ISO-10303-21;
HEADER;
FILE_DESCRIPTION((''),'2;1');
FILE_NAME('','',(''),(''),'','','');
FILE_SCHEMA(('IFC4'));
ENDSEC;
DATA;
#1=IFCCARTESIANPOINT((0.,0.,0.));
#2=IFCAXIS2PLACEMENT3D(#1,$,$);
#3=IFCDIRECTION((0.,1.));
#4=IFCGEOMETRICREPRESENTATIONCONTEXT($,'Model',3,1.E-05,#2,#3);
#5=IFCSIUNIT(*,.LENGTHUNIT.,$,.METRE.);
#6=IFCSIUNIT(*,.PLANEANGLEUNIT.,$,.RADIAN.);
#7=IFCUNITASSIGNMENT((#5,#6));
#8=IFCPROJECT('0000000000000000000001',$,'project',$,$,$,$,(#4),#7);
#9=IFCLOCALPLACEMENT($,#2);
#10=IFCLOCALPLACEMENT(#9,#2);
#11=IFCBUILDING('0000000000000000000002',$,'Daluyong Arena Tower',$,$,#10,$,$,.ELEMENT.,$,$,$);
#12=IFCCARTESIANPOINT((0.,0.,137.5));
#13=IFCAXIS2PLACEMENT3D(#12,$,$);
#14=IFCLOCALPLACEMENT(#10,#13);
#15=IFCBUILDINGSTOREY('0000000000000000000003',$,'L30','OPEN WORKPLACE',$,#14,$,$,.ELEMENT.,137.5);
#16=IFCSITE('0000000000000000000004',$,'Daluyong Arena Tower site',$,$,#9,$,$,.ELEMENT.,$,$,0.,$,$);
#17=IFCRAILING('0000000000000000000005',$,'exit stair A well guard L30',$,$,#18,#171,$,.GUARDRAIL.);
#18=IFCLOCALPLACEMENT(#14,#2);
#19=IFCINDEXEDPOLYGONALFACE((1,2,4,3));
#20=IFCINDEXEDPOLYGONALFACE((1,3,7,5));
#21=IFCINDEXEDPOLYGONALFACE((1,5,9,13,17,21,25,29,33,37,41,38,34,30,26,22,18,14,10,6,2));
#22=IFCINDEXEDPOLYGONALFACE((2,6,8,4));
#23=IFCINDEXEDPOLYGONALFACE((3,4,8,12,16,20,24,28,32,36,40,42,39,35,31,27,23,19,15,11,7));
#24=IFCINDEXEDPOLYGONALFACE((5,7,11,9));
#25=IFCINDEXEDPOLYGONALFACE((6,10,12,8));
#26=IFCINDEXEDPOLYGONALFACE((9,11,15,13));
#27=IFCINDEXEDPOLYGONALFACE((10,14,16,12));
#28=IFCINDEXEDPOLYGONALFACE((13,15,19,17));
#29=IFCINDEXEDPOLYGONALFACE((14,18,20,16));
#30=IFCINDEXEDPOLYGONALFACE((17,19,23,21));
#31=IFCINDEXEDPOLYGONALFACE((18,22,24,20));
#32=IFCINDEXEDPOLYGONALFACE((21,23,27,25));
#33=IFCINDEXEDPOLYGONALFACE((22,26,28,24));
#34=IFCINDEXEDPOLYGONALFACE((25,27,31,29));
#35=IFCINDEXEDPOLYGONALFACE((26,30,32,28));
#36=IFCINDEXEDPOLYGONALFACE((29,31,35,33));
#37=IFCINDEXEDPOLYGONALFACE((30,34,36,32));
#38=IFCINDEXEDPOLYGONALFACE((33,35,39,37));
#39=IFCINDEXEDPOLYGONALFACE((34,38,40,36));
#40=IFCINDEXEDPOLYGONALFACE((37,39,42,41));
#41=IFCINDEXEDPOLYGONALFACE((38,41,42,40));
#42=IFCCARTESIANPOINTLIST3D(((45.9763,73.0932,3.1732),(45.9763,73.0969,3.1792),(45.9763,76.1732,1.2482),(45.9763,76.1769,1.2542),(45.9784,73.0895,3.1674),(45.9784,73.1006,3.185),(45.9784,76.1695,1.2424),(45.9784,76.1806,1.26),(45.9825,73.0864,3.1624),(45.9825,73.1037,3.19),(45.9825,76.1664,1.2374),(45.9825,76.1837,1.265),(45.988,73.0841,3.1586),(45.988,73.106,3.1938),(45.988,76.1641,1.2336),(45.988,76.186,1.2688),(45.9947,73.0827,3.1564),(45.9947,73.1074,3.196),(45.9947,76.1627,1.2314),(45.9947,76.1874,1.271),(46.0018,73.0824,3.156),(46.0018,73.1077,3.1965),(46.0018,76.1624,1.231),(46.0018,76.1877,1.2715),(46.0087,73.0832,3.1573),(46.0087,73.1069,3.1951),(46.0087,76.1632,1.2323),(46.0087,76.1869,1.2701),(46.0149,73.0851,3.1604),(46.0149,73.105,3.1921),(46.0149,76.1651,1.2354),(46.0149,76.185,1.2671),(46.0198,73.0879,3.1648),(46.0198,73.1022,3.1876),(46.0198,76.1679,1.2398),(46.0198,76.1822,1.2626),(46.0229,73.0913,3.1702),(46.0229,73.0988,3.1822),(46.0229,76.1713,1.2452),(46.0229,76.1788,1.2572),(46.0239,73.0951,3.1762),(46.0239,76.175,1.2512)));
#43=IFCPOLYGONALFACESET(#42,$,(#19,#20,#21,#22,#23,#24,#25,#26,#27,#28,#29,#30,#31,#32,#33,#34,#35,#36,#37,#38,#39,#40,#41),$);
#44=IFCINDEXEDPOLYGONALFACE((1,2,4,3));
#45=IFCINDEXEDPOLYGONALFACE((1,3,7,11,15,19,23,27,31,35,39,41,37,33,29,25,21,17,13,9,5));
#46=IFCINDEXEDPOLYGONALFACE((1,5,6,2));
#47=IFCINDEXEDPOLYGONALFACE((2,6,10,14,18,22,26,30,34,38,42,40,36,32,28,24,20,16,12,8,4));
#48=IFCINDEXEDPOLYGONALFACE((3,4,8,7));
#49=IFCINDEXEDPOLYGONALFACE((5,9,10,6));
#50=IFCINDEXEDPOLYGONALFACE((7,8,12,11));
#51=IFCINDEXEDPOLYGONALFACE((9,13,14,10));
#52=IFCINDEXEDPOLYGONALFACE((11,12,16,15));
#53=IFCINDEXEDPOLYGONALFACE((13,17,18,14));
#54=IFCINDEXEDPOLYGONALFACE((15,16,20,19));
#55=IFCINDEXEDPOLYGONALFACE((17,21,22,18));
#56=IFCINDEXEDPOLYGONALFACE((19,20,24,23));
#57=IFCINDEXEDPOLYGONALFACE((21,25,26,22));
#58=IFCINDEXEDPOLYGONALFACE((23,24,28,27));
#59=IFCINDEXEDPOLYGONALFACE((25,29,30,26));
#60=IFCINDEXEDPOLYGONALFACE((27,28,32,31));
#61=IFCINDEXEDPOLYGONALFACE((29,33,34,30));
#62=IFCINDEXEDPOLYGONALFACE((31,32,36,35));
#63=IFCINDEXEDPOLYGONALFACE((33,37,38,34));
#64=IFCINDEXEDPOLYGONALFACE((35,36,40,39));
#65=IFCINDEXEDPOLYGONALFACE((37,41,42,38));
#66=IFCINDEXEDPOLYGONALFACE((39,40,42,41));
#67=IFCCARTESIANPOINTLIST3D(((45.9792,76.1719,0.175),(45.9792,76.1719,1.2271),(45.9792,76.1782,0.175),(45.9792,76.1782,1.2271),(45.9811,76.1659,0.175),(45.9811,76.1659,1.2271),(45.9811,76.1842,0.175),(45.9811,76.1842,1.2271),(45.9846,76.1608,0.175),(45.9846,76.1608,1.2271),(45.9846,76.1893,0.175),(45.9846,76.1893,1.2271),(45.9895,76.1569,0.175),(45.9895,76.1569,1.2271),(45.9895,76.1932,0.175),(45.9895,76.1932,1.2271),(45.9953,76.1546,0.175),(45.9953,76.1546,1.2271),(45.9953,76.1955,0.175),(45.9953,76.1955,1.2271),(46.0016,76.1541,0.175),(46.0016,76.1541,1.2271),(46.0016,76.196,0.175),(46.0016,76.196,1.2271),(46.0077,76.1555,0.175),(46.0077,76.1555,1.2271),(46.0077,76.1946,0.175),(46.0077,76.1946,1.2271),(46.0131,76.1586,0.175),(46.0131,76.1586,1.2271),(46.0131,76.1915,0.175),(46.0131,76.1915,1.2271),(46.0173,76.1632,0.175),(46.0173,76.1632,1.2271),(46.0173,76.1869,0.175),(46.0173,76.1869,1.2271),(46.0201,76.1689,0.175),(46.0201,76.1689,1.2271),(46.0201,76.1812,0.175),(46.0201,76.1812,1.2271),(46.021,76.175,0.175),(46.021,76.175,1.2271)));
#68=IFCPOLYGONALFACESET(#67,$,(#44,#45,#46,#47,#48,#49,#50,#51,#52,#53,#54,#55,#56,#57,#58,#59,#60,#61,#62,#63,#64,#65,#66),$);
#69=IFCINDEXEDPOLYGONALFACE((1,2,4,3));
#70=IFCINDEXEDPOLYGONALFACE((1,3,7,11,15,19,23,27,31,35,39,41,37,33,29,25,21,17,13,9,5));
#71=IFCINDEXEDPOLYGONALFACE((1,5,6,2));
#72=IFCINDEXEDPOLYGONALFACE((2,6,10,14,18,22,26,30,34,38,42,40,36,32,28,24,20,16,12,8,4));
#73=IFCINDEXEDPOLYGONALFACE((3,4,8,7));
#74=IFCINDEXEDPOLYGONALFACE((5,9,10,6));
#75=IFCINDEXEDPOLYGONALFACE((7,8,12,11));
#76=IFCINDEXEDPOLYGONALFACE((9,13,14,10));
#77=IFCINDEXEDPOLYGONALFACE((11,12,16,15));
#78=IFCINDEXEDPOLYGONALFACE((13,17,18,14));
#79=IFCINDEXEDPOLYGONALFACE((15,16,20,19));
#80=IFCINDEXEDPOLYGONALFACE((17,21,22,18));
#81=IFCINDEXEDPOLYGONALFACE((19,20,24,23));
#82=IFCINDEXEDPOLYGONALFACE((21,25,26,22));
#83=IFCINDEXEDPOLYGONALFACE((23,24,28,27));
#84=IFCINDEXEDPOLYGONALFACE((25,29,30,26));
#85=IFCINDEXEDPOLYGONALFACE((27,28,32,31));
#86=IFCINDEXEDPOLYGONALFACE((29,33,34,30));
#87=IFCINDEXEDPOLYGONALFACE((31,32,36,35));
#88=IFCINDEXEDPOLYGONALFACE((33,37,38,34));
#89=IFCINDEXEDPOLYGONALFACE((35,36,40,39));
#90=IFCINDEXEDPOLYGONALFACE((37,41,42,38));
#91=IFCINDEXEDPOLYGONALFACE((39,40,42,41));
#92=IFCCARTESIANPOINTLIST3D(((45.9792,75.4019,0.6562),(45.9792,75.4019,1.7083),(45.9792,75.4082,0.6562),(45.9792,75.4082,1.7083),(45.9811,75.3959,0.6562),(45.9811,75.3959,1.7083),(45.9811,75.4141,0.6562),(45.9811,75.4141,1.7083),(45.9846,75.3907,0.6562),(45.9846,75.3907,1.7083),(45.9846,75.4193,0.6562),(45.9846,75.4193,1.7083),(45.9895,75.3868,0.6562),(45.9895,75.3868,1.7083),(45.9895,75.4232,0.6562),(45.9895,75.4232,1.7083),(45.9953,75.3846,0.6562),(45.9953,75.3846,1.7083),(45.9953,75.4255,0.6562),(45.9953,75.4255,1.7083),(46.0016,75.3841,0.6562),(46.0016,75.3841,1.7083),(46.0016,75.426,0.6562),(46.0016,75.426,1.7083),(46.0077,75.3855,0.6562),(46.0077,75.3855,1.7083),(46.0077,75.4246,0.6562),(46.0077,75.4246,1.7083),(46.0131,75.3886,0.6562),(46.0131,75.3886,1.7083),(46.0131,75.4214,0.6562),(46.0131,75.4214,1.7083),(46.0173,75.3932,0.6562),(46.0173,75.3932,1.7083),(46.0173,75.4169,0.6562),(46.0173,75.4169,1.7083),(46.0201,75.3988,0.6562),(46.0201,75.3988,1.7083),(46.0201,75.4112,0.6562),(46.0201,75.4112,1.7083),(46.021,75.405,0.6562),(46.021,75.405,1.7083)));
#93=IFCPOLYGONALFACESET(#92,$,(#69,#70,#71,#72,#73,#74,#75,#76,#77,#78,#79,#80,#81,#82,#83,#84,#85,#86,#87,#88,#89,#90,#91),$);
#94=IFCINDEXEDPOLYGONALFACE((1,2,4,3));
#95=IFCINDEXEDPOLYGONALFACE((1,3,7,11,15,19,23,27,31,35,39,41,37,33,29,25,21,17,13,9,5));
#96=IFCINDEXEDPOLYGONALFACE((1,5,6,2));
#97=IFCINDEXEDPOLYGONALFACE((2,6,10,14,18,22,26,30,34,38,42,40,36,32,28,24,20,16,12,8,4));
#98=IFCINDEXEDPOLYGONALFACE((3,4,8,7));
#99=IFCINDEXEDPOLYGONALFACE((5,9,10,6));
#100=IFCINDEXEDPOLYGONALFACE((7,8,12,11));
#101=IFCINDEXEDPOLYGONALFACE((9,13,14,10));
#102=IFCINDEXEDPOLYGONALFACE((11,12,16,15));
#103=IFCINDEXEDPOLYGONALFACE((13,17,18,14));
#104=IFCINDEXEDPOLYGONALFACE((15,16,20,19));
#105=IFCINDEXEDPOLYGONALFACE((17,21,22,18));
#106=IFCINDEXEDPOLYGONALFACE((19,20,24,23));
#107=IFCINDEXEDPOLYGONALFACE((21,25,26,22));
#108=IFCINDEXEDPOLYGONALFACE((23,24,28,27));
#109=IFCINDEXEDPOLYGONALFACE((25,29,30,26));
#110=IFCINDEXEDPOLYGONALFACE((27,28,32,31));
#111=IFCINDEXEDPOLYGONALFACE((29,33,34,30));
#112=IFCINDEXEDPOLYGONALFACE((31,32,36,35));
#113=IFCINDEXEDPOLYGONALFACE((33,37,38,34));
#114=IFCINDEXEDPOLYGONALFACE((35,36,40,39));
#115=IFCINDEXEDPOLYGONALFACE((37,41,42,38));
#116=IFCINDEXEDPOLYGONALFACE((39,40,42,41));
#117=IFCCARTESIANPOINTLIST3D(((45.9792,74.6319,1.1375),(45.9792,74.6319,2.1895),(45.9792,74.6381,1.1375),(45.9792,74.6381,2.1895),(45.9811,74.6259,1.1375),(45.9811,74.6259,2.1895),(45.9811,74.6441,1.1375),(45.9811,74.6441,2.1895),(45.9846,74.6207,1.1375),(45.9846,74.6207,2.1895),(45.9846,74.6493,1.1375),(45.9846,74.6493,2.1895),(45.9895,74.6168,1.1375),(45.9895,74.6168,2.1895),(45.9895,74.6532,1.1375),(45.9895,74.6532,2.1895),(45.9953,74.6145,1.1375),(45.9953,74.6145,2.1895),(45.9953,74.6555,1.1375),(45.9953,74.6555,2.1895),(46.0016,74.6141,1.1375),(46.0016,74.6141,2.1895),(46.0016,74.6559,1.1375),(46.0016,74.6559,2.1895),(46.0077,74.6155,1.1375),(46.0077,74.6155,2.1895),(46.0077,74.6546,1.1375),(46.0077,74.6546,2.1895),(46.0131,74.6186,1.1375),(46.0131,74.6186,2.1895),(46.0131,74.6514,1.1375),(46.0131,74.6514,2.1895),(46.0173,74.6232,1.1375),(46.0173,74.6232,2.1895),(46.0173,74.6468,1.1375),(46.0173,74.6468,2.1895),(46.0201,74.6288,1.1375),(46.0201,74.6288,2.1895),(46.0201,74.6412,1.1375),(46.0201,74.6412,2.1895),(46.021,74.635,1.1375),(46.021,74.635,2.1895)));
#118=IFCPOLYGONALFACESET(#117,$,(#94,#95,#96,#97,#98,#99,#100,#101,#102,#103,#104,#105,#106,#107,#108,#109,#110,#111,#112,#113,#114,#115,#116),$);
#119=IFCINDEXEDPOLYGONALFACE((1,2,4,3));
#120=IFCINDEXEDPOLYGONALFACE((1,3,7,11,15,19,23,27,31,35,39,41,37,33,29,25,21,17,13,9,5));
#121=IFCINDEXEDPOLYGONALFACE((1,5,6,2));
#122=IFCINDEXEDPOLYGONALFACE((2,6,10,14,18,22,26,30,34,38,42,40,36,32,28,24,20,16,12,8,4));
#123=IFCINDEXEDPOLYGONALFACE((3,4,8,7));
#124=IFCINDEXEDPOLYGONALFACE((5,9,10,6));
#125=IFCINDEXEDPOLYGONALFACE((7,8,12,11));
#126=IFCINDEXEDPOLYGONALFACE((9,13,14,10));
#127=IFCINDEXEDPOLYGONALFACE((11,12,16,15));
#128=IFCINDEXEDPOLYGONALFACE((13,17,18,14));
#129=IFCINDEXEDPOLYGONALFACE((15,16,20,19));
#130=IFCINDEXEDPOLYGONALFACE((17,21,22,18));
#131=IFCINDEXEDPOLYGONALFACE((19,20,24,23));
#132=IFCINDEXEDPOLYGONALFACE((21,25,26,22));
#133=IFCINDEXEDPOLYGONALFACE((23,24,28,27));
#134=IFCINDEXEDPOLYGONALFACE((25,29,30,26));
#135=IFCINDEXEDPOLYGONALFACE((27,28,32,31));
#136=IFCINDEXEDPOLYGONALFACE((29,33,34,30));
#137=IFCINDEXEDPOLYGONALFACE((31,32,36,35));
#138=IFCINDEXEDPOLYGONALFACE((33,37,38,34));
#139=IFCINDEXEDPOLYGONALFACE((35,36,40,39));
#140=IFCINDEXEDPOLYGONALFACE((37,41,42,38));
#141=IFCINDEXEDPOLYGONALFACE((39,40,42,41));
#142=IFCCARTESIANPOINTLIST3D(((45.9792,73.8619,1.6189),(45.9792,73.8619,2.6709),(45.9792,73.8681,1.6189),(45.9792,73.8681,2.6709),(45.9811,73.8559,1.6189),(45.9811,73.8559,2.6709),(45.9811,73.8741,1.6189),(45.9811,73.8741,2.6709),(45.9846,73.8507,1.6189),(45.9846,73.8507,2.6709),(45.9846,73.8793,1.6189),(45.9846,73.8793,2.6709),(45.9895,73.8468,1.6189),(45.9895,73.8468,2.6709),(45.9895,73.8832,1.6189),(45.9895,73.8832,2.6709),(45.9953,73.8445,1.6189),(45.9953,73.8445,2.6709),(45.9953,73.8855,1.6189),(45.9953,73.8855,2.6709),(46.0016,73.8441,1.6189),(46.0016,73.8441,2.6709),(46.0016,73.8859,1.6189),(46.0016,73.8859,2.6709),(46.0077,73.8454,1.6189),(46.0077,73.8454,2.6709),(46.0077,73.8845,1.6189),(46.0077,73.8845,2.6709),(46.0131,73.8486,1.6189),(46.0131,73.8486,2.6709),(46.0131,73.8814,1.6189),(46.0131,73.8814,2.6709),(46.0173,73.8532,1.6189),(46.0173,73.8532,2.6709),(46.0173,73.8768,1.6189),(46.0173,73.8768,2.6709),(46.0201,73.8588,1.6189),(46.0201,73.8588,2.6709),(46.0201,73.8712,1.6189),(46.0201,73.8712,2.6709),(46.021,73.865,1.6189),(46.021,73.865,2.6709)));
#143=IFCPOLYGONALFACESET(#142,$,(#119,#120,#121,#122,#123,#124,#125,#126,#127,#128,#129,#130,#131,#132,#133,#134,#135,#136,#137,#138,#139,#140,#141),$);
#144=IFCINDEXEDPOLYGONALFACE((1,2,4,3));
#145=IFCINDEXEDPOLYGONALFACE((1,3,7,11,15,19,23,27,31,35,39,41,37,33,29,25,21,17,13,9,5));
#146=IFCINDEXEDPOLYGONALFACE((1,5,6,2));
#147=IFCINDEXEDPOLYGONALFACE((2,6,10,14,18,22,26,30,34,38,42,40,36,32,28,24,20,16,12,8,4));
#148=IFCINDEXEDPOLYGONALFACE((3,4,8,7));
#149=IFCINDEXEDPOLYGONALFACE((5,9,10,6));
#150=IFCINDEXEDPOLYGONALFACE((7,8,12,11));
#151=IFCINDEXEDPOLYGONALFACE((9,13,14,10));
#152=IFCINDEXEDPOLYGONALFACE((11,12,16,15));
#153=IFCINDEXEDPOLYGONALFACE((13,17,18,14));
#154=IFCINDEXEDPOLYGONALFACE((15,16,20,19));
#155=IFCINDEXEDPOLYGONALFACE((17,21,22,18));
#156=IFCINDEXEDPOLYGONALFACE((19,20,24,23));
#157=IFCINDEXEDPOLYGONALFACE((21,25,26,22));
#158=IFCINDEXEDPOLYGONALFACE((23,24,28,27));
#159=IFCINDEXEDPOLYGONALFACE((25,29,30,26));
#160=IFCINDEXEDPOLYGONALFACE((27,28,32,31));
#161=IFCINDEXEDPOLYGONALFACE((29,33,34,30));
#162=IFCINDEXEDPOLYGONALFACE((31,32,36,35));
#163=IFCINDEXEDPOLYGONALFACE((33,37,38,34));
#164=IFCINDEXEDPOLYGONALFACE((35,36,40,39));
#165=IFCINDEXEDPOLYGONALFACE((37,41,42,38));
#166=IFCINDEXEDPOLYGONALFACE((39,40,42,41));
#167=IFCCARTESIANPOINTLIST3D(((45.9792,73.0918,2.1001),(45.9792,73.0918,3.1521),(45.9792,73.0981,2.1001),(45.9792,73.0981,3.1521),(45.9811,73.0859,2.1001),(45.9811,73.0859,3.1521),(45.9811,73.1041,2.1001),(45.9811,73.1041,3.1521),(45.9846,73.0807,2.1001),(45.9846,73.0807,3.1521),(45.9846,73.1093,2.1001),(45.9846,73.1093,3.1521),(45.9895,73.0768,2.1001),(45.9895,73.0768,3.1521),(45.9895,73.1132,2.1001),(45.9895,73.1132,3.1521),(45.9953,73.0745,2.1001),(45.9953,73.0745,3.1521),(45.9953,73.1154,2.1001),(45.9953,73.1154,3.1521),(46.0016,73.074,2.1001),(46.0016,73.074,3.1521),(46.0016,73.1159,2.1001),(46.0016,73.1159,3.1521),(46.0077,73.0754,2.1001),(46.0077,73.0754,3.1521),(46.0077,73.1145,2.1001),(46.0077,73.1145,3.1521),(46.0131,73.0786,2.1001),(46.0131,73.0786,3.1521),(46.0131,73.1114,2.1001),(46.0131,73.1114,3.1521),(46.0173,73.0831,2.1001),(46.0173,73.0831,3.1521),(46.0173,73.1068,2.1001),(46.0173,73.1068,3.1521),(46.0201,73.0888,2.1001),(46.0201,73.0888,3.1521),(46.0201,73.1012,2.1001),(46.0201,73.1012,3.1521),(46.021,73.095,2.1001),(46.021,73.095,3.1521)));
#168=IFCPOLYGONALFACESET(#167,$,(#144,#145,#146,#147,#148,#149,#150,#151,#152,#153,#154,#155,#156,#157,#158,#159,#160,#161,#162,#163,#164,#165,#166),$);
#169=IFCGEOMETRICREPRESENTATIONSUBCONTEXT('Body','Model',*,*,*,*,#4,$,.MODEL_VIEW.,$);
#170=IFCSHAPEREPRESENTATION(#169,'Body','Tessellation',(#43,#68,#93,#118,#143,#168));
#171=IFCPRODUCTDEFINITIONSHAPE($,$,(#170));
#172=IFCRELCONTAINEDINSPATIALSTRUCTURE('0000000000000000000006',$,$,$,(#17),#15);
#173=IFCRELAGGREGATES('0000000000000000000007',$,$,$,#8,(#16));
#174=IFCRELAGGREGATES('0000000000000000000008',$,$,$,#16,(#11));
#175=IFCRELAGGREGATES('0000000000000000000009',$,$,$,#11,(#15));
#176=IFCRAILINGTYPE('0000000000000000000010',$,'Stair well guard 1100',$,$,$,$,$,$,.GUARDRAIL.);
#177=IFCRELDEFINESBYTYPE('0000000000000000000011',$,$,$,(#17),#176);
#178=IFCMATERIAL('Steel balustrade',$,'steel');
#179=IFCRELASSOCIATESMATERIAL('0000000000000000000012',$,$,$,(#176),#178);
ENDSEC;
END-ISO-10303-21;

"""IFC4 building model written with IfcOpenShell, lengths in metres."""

from ifc_helpers import new_model, si_unit, direction, frame, origin, origin_2d, place, context, subcontext, project, spatial, circle, extrude, material, type_object, element, save


model = new_model("IFC4")

# Units and contexts
model_context = context("Model", 3, precision=1e-05, world=origin(), true_north=direction((0.0, 1.0)))
body_context = subcontext(model_context, "Body", "Model", "MODEL_VIEW")
ifc_project = project(units=[si_unit("LENGTHUNIT", "METRE"), si_unit("PLANEANGLEUNIT", "RADIAN")], contexts=[model_context])

# Site, building, storey
site_placement = place(None, origin())
site = spatial("IfcSite", under=ifc_project, at=site_placement, Name="Daluyong Arena Tower site", CompositionType="ELEMENT", RefElevation=0.0)
building_placement = place(site_placement, origin())
building = spatial("IfcBuilding", under=site, at=building_placement, Name="Daluyong Arena Tower", CompositionType="ELEMENT")
storey_placement = place(building_placement, frame((0.0, 0.0, 137.5)))
storey = spatial("IfcBuildingStorey", under=building, at=storey_placement, Name="L30", Description="OPEN WORKPLACE", CompositionType="ELEMENT", Elevation=137.5)

# Railing
ifc_material_1 = material(Name="Steel balustrade", Category="steel")
railing_type_1 = type_object("IfcRailingType", Name="Stair well guard 1100", PredefinedType="GUARDRAIL", material=ifc_material_1)
railing_1_placement = place(storey_placement, frame((46.0, 76.175, 0.175)))
element("IfcRailing", 1, at=railing_1_placement, inside=storey, type_object=railing_type_1, Name="exit stair A well guard L30", PredefinedType="GUARDRAIL", context=body_context, shape_type="SweptSolid", body=[
    extrude(circle(Radius=0.0239, at=origin_2d()), frame((0.0, 0.0, 1.0762), z_axis=(0.0, -0.847998, 0.529999), x_axis=(1.0, 0.0, 0.0)), (0.0, 0.0, 1.0), 3.6321),
    extrude(circle(Radius=0.021, at=origin_2d()), origin(), (0.0, 0.0, 1.0), 1.052),
    extrude(circle(Radius=0.021, at=origin_2d()), frame((0.0, -0.77, 0.4812)), (0.0, 0.0, 1.0), 1.052),
    extrude(circle(Radius=0.021, at=origin_2d()), frame((0.0, -1.54, 0.9624)), (0.0, 0.0, 1.0), 1.052),
    extrude(circle(Radius=0.021, at=origin_2d()), frame((0.0, -2.3101, 1.4438)), (0.0, 0.0, 1.0), 1.052),
    extrude(circle(Radius=0.021, at=origin_2d()), frame((0.0, -3.0801, 1.925)), (0.0, 0.0, 1.0), 1.052),
])

save(model, "model.ifc")
